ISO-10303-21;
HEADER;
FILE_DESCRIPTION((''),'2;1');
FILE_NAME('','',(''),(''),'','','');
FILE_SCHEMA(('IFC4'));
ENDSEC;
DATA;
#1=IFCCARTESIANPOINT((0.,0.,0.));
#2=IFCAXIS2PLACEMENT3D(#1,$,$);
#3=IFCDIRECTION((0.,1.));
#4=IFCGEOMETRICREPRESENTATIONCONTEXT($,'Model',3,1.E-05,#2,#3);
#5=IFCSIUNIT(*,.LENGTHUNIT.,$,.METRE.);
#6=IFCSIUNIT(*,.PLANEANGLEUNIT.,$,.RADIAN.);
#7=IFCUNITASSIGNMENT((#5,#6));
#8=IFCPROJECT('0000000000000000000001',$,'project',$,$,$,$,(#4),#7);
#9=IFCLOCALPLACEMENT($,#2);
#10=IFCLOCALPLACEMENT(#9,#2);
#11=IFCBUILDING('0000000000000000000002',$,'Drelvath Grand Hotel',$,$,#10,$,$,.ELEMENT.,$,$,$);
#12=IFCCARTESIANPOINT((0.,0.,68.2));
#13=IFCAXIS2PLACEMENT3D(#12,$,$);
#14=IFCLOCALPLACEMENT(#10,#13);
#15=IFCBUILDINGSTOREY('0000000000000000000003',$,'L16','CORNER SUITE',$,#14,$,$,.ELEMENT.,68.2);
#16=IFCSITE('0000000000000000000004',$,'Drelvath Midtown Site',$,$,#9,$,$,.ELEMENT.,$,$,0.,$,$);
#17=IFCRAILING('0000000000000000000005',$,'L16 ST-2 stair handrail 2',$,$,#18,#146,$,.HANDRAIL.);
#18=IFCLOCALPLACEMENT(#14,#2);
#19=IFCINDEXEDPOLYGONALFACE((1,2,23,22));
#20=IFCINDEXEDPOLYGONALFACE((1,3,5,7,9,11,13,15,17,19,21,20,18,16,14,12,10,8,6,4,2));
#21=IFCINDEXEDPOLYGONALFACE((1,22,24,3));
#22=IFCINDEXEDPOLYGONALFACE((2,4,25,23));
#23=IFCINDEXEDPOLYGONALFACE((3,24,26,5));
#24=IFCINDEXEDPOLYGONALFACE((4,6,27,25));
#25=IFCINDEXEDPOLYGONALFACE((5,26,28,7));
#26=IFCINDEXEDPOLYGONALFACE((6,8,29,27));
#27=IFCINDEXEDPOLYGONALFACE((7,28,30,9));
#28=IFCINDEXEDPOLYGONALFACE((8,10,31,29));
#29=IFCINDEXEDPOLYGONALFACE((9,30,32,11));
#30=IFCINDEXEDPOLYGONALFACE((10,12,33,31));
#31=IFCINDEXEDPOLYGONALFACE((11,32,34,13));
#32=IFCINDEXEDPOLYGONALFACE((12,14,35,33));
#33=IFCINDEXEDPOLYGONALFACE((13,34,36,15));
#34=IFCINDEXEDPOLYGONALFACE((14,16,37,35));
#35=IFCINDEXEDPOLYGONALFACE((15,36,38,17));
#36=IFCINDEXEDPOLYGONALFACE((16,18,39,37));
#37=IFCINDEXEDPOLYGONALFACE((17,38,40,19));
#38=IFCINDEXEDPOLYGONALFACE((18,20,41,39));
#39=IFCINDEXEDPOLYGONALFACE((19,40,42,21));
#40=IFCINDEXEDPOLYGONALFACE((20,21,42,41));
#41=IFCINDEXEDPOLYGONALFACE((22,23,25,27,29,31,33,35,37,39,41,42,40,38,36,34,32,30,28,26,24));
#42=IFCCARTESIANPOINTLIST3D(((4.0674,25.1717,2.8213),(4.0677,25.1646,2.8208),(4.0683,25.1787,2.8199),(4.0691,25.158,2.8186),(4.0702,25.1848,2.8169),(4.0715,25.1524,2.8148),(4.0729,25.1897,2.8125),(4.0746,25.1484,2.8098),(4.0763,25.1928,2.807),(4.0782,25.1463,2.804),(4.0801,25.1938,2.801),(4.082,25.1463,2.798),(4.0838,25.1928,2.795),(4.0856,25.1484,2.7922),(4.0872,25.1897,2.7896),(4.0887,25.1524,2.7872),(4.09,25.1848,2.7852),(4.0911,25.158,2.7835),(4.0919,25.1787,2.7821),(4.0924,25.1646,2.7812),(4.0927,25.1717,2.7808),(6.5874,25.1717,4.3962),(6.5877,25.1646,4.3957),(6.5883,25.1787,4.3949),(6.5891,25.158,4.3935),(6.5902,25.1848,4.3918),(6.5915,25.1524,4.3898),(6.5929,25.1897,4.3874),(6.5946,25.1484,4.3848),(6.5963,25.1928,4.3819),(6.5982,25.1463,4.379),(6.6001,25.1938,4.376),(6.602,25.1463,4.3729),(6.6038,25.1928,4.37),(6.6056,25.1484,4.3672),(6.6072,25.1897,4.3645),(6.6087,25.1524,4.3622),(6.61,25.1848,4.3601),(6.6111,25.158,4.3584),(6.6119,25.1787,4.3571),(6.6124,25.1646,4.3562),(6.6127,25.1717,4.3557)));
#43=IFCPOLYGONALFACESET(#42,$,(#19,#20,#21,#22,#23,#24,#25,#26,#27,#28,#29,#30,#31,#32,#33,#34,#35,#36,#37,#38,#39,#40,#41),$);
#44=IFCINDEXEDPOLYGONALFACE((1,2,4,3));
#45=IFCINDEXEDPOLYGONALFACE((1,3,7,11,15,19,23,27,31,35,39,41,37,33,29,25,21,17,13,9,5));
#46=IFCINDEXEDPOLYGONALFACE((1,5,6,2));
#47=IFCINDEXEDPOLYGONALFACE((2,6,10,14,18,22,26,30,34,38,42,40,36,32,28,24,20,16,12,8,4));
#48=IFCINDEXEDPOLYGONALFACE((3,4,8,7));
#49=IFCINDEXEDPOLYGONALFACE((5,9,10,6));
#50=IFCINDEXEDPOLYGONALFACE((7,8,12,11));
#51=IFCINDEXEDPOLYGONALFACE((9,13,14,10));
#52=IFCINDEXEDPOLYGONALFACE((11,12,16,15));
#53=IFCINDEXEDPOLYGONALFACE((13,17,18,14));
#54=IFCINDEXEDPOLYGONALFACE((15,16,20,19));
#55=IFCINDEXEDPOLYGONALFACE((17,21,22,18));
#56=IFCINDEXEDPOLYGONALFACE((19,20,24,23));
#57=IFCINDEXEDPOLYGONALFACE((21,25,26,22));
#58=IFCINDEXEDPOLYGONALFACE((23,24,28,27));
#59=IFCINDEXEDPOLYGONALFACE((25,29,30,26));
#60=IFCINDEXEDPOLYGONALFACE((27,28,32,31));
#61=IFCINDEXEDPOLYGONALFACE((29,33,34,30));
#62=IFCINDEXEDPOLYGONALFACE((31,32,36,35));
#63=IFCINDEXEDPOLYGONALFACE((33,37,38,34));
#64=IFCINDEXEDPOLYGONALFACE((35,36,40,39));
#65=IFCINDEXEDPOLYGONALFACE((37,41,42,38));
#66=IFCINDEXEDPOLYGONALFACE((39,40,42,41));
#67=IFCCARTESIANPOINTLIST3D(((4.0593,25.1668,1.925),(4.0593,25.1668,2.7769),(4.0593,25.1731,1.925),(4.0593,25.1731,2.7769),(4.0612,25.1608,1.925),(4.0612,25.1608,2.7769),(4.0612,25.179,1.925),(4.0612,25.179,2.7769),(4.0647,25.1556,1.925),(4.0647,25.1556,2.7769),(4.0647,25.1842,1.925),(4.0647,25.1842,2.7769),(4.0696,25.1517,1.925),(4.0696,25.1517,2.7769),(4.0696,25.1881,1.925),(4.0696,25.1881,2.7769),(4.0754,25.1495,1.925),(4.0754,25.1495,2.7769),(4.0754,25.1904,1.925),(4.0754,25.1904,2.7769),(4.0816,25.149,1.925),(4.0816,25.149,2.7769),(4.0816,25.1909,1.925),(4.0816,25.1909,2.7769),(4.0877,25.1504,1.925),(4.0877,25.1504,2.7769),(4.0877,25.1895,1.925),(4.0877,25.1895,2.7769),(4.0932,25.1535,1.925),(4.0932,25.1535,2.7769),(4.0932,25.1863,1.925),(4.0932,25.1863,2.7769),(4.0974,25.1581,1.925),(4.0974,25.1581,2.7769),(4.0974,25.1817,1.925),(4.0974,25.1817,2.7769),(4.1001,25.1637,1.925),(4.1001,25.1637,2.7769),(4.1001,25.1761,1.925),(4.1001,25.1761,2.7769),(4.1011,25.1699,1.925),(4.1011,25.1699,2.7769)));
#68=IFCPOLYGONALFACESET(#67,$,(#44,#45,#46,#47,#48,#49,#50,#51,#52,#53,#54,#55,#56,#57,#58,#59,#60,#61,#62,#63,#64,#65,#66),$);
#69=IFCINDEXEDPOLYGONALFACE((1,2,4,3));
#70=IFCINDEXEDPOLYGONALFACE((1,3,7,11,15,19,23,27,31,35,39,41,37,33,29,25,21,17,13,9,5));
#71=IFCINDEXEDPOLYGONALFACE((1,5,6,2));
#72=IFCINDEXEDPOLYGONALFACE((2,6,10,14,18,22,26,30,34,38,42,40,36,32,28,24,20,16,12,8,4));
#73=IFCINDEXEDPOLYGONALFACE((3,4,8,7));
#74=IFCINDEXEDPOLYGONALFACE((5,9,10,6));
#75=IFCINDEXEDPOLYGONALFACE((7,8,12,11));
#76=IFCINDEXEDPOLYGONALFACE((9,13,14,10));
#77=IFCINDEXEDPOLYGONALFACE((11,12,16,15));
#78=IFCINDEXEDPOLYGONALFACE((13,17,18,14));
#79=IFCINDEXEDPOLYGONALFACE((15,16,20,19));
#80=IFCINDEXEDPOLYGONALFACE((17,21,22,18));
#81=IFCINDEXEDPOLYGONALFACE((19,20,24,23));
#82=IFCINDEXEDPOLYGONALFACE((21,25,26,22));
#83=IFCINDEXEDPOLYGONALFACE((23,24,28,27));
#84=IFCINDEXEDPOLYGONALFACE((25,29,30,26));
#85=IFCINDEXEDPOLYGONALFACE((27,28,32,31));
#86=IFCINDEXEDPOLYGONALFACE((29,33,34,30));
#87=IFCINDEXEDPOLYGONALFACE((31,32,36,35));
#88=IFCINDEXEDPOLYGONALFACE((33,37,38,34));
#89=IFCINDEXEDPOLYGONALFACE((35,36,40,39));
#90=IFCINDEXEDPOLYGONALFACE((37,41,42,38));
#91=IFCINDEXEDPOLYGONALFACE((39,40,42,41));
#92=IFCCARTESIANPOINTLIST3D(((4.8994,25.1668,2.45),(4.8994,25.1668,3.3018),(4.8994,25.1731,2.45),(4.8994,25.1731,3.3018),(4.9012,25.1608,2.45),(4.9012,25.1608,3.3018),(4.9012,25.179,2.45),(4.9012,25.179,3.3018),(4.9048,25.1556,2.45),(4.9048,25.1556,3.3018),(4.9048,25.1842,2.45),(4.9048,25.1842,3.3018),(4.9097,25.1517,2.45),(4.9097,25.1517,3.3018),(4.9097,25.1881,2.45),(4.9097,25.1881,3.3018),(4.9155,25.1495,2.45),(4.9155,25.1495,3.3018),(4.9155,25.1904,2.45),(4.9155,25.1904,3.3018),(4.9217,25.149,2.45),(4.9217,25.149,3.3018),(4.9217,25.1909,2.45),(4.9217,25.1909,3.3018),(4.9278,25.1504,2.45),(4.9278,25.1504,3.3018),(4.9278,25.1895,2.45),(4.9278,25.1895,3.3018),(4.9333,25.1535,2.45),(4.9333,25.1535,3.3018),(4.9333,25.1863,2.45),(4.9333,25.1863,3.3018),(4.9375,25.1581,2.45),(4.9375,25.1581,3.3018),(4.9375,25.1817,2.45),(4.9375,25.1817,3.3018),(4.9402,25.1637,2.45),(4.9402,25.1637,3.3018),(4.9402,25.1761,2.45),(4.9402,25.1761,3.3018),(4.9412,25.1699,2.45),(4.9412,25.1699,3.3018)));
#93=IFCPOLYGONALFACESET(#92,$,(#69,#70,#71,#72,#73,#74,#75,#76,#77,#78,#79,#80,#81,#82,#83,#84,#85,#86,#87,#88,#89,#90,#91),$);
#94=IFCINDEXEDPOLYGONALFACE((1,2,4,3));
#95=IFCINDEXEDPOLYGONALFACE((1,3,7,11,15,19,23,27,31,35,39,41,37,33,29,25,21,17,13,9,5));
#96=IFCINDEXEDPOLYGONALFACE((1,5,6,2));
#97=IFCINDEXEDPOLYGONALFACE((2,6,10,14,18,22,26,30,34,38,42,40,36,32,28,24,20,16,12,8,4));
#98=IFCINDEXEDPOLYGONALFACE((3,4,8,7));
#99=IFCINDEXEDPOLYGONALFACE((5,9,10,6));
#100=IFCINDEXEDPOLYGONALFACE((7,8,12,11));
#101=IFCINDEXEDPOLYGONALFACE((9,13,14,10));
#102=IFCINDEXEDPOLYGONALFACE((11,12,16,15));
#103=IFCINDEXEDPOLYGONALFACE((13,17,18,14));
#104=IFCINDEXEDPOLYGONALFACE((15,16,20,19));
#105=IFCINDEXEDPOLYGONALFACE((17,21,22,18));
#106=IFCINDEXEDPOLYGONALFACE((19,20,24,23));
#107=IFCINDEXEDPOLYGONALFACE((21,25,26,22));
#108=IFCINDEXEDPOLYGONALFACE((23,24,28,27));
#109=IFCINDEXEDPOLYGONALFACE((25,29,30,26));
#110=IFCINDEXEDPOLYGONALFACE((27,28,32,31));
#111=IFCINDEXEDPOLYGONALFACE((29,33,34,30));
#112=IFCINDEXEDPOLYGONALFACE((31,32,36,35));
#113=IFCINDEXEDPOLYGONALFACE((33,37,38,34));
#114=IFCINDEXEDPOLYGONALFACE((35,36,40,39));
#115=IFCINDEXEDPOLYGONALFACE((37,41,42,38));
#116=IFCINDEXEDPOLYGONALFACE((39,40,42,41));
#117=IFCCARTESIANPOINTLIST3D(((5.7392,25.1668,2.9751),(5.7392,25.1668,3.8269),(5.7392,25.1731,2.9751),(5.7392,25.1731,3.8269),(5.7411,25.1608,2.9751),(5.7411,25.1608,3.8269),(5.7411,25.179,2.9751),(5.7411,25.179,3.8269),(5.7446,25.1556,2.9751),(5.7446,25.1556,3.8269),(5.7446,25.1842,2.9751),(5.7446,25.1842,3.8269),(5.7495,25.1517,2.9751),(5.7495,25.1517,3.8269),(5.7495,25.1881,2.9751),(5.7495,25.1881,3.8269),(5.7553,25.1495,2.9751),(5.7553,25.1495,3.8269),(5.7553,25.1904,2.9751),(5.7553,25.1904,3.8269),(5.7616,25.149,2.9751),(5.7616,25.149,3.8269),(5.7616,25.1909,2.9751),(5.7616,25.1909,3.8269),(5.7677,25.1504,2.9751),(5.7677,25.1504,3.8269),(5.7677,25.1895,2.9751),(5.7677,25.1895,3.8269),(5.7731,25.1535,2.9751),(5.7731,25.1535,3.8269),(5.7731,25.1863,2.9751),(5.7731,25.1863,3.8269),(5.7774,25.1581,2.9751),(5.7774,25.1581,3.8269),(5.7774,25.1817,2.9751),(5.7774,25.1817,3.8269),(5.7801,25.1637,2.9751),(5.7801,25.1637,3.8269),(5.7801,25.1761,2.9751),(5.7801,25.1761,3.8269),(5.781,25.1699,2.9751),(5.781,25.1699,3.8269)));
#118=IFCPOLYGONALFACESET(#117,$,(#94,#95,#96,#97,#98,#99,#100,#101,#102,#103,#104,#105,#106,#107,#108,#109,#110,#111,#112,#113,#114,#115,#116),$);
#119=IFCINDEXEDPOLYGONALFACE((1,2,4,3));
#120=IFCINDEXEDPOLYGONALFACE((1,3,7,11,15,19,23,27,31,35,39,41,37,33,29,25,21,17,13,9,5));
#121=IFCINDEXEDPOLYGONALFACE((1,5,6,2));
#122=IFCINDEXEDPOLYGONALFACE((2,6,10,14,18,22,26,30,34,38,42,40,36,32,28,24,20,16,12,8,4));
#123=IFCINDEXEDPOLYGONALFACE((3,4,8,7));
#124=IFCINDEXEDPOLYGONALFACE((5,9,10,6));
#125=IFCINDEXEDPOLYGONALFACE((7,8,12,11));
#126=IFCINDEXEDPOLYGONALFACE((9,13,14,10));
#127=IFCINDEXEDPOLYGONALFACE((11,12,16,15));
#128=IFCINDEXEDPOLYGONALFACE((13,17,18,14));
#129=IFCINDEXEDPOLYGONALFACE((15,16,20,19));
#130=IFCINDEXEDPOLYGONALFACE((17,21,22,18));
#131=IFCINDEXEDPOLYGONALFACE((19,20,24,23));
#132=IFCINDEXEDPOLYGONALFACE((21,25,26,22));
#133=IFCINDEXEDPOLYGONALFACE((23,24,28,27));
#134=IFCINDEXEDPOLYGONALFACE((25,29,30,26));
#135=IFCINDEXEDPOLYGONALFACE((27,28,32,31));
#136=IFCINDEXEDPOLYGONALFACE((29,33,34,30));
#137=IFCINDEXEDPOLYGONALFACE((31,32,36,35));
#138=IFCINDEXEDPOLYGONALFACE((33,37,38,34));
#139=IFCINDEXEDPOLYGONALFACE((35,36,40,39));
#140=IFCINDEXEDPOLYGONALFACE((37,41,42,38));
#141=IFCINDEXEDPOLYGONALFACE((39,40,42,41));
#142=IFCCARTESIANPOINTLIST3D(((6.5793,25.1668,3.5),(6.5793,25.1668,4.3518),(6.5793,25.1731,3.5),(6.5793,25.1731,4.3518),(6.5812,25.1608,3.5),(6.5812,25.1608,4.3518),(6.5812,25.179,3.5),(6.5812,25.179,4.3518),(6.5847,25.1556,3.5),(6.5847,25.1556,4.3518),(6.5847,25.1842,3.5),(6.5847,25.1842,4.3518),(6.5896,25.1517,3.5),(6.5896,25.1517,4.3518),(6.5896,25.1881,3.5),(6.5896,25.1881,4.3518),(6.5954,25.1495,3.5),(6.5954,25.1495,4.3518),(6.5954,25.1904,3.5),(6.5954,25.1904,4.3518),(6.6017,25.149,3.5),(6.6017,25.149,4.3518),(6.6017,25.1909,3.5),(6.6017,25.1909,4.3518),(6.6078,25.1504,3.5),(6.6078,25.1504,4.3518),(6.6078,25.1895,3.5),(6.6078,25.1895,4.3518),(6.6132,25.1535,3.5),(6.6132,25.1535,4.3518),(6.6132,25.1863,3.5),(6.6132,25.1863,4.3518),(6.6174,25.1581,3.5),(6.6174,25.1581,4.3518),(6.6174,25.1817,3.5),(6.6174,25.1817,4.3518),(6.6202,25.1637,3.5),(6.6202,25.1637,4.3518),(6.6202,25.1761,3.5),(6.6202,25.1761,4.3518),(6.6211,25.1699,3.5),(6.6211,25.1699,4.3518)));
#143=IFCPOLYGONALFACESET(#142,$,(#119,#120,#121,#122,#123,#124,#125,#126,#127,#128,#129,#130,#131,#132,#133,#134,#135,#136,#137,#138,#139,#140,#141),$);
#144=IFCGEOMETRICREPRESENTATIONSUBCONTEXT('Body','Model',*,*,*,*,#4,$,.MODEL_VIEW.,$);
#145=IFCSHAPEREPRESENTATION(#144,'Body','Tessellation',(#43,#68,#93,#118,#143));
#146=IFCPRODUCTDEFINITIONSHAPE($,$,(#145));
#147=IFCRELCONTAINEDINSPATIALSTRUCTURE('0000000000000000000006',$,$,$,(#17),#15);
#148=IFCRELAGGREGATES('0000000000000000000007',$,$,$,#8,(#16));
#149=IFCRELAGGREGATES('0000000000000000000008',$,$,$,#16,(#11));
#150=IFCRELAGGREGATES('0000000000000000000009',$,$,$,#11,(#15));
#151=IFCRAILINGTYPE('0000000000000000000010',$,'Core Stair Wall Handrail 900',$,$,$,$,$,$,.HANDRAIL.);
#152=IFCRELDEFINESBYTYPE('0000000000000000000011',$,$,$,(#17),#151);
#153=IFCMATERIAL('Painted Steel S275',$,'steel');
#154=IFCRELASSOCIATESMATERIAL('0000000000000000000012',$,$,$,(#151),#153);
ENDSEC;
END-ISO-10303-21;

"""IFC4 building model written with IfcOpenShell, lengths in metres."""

from ifc_helpers import new_model, si_unit, direction, frame, origin, origin_2d, place, context, subcontext, project, spatial, circle, extrude, material, type_object, element, save


model = new_model("IFC4")

# Units and contexts
model_context = context("Model", 3, precision=1e-05, world=origin(), true_north=direction((0.0, 1.0)))
body_context = subcontext(model_context, "Body", "Model", "MODEL_VIEW")
ifc_project = project(units=[si_unit("LENGTHUNIT", "METRE"), si_unit("PLANEANGLEUNIT", "RADIAN")], contexts=[model_context])

# Site, building, storey
site_placement = place(None, origin())
site = spatial("IfcSite", under=ifc_project, at=site_placement, Name="Drelvath Midtown Site", CompositionType="ELEMENT", RefElevation=0.0)
building_placement = place(site_placement, origin())
building = spatial("IfcBuilding", under=site, at=building_placement, Name="Drelvath Grand Hotel", CompositionType="ELEMENT")
storey_placement = place(building_placement, frame((0.0, 0.0, 68.2)))
storey = spatial("IfcBuildingStorey", under=building, at=storey_placement, Name="L16", Description="CORNER SUITE", CompositionType="ELEMENT", Elevation=68.2)

# Shared definitions
ifc_material_1 = material(Name="Painted Steel S275", Category="steel")

# Railing
railing_type = type_object("IfcRailingType", Name="Core Stair Wall Handrail 900", PredefinedType="HANDRAIL", material=ifc_material_1)
railing_placement = place(storey_placement, frame((4.0801, 25.1699, 1.925)))
element("IfcRailing", 1, at=railing_placement, inside=storey, type_object=railing_type, Name="L16 ST-2 stair handrail 2", PredefinedType="HANDRAIL", context=body_context, shape_type="SweptSolid", body=[
    extrude(circle(Radius=0.0239, at=origin_2d()), frame((0.0, 0.0, 0.876), z_axis=(0.848008, 0.0, 0.529984), x_axis=(0.0, 1.0, 0.0)), (0.0, 0.0, 1.0), 2.9717),
    extrude(circle(Radius=0.021, at=origin_2d()), origin(), (0.0, 0.0, 1.0), 0.8518),
    extrude(circle(Radius=0.021, at=origin_2d()), frame((0.8401, 0.0, 0.5249)), (0.0, 0.0, 1.0), 0.8518),
    extrude(circle(Radius=0.021, at=origin_2d()), frame((1.6799, 0.0, 1.05)), (0.0, 0.0, 1.0), 0.8518),
    extrude(circle(Radius=0.021, at=origin_2d()), frame((2.52, 0.0, 1.575)), (0.0, 0.0, 1.0), 0.8518),
])

save(model, "model.ifc")
